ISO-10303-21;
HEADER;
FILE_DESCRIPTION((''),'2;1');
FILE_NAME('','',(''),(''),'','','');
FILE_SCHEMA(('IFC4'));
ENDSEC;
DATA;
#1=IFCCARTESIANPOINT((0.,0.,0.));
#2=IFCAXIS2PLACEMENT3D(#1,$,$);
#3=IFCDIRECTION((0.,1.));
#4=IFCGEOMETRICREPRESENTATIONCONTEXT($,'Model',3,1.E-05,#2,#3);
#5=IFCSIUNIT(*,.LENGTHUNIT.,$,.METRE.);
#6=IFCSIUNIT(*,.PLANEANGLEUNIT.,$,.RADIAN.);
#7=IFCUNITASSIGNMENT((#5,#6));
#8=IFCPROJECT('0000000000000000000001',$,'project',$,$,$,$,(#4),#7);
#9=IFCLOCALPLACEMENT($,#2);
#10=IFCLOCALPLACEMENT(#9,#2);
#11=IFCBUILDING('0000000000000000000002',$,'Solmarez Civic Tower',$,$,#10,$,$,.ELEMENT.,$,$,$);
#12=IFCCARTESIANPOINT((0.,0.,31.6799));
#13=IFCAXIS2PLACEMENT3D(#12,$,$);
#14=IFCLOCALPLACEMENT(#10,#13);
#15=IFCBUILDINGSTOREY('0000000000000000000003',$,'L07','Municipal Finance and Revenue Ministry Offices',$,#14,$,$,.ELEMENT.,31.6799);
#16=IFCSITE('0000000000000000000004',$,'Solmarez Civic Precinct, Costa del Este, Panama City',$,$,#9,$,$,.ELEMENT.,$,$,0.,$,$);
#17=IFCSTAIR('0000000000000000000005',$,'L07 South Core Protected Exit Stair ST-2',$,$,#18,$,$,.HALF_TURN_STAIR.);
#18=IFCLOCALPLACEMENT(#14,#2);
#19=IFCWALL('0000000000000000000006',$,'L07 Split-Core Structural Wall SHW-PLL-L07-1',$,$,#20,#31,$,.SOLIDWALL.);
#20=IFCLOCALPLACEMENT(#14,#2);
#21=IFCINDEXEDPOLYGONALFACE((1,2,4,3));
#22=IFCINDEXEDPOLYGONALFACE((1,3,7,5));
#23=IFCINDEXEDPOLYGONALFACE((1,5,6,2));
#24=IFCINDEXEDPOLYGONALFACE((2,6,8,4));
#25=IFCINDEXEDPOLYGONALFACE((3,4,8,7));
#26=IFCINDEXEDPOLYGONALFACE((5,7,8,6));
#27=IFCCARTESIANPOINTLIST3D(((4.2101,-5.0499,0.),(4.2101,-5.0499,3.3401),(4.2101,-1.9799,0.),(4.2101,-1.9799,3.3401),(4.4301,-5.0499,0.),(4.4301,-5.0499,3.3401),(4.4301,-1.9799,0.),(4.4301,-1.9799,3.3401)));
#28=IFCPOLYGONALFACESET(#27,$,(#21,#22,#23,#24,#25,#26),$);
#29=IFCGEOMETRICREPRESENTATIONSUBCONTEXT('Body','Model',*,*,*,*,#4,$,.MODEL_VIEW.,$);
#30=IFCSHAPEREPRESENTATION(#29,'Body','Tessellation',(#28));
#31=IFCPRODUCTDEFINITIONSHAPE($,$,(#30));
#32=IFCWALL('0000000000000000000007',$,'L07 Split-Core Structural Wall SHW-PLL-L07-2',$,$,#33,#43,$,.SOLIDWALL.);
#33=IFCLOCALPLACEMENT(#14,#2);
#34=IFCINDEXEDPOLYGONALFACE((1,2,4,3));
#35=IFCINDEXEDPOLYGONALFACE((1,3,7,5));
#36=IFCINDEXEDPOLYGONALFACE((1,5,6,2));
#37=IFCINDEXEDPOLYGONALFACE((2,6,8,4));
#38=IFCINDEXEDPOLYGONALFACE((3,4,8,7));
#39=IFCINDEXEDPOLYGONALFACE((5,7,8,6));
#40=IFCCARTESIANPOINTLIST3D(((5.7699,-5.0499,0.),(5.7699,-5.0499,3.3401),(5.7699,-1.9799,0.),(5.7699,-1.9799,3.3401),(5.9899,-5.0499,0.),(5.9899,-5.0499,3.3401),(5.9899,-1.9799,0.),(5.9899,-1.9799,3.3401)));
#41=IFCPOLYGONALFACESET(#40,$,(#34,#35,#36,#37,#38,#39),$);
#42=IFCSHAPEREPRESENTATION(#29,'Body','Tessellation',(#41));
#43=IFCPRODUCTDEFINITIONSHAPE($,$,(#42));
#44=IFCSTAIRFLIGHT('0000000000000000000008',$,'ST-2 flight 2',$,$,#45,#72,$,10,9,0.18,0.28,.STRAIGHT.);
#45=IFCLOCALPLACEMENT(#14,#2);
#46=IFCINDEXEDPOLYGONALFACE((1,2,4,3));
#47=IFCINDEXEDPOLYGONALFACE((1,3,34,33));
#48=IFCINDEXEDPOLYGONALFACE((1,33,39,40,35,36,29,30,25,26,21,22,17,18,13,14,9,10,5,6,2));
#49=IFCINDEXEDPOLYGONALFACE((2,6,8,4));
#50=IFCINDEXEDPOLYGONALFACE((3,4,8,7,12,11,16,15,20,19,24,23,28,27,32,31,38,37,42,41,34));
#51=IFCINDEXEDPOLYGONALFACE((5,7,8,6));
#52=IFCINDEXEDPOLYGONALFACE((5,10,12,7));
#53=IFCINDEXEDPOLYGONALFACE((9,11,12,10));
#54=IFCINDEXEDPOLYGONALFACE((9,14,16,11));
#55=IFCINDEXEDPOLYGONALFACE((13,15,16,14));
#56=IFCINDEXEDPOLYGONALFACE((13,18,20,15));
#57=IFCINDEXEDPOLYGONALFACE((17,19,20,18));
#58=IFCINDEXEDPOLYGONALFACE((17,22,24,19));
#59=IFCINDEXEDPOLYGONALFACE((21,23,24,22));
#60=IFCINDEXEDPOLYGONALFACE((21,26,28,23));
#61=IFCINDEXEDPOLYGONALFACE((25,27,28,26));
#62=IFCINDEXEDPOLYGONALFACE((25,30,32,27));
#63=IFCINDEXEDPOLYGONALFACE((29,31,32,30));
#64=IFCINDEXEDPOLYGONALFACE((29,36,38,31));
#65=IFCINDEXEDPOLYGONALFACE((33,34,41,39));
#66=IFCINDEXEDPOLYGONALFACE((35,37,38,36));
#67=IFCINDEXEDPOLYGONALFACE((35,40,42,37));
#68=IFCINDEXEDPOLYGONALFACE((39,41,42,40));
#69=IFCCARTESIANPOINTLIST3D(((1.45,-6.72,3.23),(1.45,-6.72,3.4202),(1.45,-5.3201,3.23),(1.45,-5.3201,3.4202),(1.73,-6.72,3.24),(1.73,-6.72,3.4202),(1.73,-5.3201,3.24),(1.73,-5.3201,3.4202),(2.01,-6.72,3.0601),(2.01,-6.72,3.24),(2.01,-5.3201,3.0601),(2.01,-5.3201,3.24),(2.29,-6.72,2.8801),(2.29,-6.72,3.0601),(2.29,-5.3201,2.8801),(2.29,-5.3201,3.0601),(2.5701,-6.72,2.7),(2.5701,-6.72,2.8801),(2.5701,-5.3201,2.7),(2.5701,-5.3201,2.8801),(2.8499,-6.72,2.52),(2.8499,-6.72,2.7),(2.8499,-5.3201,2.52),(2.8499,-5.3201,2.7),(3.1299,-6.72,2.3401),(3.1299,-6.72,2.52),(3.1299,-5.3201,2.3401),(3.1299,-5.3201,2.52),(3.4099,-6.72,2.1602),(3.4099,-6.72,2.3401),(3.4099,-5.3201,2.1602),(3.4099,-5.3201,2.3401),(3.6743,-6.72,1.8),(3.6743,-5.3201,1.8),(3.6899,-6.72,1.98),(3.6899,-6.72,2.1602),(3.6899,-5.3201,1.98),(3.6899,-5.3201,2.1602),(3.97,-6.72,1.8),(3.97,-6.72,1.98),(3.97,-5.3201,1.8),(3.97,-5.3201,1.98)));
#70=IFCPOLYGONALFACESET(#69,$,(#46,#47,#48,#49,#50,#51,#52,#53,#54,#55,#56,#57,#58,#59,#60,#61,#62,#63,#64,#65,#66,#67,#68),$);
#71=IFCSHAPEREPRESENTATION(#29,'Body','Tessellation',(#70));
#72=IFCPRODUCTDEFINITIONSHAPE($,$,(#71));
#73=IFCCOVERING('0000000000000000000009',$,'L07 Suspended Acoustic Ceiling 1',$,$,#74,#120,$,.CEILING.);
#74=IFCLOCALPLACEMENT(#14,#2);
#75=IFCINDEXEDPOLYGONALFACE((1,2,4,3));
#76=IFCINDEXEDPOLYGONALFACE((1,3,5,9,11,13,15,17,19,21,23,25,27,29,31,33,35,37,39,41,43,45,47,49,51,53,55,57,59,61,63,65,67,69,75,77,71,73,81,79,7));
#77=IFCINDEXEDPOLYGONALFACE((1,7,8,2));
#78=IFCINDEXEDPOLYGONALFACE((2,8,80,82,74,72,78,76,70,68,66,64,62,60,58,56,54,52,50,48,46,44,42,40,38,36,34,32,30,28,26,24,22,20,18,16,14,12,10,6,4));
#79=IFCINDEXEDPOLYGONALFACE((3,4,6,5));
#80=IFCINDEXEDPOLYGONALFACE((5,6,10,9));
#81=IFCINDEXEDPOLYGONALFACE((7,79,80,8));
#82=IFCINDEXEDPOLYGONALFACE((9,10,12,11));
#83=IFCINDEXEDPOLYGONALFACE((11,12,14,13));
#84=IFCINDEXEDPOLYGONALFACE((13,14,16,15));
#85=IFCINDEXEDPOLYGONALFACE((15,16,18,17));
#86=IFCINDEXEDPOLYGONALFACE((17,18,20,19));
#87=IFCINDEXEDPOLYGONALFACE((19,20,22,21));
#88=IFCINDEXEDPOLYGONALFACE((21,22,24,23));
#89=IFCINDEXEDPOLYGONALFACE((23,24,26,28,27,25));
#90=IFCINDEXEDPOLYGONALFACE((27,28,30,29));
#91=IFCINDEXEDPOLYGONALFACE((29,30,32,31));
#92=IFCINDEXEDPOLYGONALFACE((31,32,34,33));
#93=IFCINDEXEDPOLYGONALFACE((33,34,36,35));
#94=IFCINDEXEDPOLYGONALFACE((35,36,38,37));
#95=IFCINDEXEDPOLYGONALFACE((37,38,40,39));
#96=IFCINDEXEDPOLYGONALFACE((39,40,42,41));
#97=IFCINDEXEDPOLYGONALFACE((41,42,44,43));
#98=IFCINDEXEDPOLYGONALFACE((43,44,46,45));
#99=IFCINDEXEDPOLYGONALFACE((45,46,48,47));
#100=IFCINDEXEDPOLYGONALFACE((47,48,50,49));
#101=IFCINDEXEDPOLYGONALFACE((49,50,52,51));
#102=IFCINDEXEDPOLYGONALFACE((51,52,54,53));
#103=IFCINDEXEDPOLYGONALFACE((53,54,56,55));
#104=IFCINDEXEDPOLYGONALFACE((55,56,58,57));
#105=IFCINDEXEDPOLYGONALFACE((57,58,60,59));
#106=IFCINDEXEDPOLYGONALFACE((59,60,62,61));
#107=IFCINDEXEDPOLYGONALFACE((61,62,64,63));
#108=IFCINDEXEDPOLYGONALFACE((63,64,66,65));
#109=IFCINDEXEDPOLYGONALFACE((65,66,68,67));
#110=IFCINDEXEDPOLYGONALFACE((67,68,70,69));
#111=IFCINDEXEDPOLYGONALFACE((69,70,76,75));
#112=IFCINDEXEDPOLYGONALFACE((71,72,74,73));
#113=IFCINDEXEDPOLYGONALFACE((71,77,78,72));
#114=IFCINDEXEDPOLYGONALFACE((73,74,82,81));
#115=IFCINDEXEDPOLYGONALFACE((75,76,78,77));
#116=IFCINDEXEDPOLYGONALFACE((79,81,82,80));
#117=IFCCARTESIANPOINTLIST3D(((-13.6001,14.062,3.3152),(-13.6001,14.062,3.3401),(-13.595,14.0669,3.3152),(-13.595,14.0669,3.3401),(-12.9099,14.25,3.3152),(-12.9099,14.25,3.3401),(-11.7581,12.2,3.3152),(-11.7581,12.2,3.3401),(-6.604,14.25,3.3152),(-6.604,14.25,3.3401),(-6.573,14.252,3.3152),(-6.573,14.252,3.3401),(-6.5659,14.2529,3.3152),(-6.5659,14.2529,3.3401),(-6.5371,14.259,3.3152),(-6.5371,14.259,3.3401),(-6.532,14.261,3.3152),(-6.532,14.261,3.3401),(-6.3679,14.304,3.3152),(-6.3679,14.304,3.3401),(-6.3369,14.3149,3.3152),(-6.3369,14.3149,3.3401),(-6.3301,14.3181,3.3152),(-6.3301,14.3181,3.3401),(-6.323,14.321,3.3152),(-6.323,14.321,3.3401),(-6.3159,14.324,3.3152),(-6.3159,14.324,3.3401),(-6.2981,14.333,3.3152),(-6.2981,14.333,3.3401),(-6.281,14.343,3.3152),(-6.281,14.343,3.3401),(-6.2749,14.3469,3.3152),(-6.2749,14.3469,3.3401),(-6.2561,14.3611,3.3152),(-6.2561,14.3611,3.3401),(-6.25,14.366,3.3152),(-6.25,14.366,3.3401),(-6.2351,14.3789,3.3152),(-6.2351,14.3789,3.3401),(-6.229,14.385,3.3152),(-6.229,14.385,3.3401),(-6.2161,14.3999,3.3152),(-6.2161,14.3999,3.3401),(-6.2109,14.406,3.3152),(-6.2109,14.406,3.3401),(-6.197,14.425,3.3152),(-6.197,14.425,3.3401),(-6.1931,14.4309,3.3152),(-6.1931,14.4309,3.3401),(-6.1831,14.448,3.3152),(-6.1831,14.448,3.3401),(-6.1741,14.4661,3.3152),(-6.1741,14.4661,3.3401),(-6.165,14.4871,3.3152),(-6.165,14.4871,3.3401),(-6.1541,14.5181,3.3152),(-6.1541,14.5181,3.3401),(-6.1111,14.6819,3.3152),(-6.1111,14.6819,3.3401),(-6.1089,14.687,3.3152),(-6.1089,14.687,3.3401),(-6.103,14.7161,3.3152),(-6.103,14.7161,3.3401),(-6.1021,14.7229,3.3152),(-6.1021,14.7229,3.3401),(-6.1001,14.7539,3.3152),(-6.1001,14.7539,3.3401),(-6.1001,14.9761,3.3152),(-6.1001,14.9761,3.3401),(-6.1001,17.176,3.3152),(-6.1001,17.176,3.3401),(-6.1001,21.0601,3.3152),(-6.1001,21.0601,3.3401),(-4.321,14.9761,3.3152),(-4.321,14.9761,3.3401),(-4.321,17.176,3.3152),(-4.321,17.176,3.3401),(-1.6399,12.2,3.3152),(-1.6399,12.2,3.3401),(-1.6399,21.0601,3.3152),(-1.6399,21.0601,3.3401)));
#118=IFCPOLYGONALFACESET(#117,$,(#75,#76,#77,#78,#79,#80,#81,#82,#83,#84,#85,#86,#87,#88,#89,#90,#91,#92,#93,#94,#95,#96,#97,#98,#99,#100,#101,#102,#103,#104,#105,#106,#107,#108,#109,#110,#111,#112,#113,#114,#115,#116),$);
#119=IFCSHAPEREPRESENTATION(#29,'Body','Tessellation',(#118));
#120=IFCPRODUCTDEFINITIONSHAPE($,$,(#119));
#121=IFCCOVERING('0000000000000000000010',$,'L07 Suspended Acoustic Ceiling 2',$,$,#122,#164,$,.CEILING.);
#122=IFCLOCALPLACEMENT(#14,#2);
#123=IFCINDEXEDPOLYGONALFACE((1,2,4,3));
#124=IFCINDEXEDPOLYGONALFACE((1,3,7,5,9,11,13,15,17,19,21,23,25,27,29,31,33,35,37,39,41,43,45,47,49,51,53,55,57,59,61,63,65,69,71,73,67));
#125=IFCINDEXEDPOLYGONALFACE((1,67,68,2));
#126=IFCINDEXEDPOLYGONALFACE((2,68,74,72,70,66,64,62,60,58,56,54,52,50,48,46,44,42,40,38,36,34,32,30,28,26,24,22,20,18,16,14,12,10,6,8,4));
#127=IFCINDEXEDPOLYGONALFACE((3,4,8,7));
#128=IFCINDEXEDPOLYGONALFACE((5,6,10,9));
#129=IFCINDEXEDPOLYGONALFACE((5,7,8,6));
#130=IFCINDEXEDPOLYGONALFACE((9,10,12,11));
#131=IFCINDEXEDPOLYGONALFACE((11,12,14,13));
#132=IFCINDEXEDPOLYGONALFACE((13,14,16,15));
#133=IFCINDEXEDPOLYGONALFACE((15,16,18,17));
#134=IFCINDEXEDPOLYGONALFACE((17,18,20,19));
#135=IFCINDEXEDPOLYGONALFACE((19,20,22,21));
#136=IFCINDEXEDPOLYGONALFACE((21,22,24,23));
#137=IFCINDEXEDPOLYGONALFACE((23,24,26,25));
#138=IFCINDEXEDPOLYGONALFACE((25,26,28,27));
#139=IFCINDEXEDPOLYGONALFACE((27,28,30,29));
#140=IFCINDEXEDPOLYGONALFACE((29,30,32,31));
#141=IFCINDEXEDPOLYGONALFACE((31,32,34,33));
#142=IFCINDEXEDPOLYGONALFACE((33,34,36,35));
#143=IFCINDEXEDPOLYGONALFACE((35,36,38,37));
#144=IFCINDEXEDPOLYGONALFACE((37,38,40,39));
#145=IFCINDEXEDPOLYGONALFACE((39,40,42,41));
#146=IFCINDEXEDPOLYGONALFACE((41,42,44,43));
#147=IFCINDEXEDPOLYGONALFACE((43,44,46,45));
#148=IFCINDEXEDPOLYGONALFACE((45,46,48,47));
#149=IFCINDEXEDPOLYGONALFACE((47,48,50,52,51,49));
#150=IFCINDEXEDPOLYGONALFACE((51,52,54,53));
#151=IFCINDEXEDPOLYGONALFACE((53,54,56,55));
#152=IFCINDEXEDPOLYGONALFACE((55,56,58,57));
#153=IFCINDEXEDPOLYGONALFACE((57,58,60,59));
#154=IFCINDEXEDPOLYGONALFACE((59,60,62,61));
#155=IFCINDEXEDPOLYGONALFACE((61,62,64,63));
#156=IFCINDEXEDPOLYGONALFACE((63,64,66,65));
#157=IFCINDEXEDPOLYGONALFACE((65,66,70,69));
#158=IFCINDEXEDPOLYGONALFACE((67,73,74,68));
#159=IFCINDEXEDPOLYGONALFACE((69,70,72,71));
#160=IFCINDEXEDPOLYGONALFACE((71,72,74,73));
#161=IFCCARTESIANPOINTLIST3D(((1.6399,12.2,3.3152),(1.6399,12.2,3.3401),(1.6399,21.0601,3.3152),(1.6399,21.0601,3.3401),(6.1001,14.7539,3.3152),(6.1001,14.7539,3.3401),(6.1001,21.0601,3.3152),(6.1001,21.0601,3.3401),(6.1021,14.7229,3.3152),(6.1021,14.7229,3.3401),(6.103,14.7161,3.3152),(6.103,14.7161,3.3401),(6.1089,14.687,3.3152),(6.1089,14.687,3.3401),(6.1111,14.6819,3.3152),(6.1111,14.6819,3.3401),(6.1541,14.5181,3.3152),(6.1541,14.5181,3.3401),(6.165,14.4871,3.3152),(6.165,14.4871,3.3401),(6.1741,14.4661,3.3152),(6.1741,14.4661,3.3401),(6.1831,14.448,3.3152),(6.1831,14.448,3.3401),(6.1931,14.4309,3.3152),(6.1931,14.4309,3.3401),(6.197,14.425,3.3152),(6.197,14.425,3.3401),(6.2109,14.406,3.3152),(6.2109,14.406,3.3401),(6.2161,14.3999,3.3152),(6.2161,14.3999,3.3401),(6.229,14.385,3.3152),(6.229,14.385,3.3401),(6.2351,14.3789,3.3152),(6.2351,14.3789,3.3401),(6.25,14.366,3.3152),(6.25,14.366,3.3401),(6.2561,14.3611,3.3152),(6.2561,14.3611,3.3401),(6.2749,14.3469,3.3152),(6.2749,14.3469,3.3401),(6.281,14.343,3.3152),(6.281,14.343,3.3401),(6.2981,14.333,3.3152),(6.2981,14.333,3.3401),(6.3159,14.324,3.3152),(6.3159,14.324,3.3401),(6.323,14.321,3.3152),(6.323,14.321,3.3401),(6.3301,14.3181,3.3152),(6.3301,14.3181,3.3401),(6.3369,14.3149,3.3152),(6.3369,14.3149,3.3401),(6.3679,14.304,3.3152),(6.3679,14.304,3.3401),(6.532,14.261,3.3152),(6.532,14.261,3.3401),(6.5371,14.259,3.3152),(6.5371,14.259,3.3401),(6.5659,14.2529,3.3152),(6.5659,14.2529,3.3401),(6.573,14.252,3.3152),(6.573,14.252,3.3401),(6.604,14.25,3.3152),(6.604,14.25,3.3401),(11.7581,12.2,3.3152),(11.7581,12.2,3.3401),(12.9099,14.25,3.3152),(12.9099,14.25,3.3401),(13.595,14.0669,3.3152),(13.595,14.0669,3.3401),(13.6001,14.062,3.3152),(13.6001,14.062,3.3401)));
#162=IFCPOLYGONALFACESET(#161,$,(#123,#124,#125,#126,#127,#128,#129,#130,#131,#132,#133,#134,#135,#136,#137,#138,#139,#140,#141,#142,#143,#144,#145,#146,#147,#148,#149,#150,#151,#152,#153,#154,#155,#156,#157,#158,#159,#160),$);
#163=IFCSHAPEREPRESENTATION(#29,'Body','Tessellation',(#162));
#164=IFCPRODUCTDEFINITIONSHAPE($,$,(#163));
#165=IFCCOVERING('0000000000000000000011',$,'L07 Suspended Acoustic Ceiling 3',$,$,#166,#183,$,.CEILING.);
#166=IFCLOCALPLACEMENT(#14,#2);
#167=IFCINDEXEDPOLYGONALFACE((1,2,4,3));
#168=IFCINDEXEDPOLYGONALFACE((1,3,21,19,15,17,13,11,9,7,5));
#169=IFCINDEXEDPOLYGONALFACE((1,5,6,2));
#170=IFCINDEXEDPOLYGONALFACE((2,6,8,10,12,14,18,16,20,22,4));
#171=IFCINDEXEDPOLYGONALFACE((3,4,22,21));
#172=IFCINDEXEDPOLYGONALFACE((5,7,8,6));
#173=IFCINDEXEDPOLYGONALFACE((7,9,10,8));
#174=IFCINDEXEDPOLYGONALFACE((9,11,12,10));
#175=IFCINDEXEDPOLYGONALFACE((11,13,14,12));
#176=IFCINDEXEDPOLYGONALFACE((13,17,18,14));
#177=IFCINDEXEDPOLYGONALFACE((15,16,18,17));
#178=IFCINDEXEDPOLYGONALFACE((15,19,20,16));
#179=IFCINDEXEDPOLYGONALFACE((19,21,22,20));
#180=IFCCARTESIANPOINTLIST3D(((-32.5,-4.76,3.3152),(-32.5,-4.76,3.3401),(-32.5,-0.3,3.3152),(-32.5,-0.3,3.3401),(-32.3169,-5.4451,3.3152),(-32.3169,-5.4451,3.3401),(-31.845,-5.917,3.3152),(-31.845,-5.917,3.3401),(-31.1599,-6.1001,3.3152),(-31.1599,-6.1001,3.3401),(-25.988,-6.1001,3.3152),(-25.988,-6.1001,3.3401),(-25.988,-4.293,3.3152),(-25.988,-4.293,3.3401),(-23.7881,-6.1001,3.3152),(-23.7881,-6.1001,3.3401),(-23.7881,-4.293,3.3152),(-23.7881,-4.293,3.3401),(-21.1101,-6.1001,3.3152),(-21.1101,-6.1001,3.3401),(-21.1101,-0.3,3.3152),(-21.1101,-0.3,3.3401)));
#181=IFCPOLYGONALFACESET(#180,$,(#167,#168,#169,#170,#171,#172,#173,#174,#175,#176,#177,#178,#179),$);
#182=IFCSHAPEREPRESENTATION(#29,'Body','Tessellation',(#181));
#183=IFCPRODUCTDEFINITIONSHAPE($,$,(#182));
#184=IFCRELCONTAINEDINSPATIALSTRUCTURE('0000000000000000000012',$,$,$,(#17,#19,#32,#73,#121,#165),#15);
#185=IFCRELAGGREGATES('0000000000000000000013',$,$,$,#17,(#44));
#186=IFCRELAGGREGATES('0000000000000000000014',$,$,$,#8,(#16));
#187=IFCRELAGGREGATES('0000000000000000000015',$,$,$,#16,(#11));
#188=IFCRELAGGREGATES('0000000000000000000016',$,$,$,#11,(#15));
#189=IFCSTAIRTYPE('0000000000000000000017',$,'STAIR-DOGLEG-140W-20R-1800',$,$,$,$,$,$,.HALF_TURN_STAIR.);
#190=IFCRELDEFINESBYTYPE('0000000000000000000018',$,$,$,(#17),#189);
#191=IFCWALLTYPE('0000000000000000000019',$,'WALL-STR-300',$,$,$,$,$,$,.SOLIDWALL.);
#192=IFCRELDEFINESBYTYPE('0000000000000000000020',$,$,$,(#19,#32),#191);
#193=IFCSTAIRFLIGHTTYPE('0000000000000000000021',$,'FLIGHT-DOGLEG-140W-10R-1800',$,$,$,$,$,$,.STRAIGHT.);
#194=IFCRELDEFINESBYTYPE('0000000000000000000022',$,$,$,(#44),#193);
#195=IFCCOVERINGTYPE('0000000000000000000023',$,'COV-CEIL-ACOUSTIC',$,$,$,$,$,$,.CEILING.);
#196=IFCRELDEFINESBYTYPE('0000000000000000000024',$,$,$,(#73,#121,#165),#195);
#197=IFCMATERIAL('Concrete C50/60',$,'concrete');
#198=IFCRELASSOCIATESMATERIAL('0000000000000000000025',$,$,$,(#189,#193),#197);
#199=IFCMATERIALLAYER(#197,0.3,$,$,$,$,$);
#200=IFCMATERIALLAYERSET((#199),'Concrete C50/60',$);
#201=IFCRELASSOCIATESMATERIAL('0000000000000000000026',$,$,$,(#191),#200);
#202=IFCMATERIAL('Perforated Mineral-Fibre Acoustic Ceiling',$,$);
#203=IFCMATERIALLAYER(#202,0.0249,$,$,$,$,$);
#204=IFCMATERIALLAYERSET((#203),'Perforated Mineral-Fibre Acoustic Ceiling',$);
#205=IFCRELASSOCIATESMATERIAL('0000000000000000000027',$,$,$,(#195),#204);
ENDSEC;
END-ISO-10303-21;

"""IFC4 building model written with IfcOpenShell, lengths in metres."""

from ifc_helpers import new_model, si_unit, direction, frame, frame_2d, origin, place, context, subcontext, project, spatial, polyline, rectangle, outline, extrude, material, layer, layer_set, type_object, element, aggregate, save


model = new_model("IFC4")

# Units and contexts
model_context = context("Model", 3, precision=1e-05, world=origin(), true_north=direction((0.0, 1.0)))
body_context = subcontext(model_context, "Body", "Model", "MODEL_VIEW")
ifc_project = project(units=[si_unit("LENGTHUNIT", "METRE"), si_unit("PLANEANGLEUNIT", "RADIAN")], contexts=[model_context])

# Site, building, storey
site_placement = place(None, origin())
site = spatial("IfcSite", under=ifc_project, at=site_placement, Name="Solmarez Civic Precinct, Costa del Este, Panama City", CompositionType="ELEMENT", RefElevation=0.0)
building_placement = place(site_placement, origin())
building = spatial("IfcBuilding", under=site, at=building_placement, Name="Solmarez Civic Tower", CompositionType="ELEMENT")
storey_placement = place(building_placement, frame((0.0, 0.0, 31.6799)))
storey = spatial("IfcBuildingStorey", under=building, at=storey_placement, Name="L07", Description="Municipal Finance and Revenue Ministry Offices", CompositionType="ELEMENT", Elevation=31.6799)

# Stair
ifc_material_1 = material(Name="Concrete C50/60", Category="concrete")
stair_type = type_object("IfcStairType", Name="STAIR-DOGLEG-140W-20R-1800", PredefinedType="HALF_TURN_STAIR", material=ifc_material_1)
stair_1_placement = place(storey_placement, origin())
stair_1 = element("IfcStair", 1, at=stair_1_placement, inside=storey, type_object=stair_type, Name="L07 South Core Protected Exit Stair ST-2", PredefinedType="HALF_TURN_STAIR")

# Walls
ifc_layer_1 = layer(ifc_material_1, 0.3)
ifc_layer_set_1 = layer_set([ifc_layer_1], Name="Concrete C50/60")
wall_type = type_object("IfcWallType", Name="WALL-STR-300", PredefinedType="SOLIDWALL", material=ifc_layer_set_1)
for number, where, z_axis, x_axis, name in (
    (2, (4.3201, -5.05, 0.0), (0.0, 0.0, 1.0), (0.0, 1.0, 0.0), "L07 Split-Core Structural Wall SHW-PLL-L07-1"),
    (3, (5.8799, -5.05, 0.0), (0.0, 0.0, 1.0), (0.0, 1.0, 0.0), "L07 Split-Core Structural Wall SHW-PLL-L07-2"),
):
    element("IfcWall", number, at=place(storey_placement, frame(where, z_axis=z_axis, x_axis=x_axis)), inside=storey, type_object=wall_type, Name=name, PredefinedType="SOLIDWALL", context=body_context, shape_type="SweptSolid", body=[
        extrude(rectangle(XDim=3.0701, YDim=0.22, at=frame_2d((1.5352, 0.0))), origin(), (0.0, 0.0, 1.0), 3.3401),
    ])

# Stair flight
stair_flight_type = type_object("IfcStairFlightType", Name="FLIGHT-DOGLEG-140W-10R-1800", PredefinedType="STRAIGHT", material=ifc_material_1)
stair_flight_placement = place(storey_placement, frame((3.97, -6.02, 1.8), z_axis=(0.0, 0.0, 1.0), x_axis=(-1.0, 0.0, 0.0)))
stair_flight = element("IfcStairFlight", 4, at=stair_flight_placement, type_object=stair_flight_type, Name="ST-2 flight 2", NumberOfRisers=10, NumberOfTreads=9, PredefinedType="STRAIGHT", RiserHeight=0.18, TreadLength=0.28, context=body_context, shape_type="SweptSolid", body=[
    extrude(outline(polyline([(0.0, 0.0), (0.0, 0.1799), (0.28, 0.1799), (0.28, 0.3601), (0.5601, 0.3601), (0.5601, 0.54), (0.8401, 0.54), (0.8401, 0.72), (1.1201, 0.72), (1.1201, 0.8999), (1.3999, 0.8999), (1.3999, 1.0801), (1.6799, 1.0801), (1.6799, 1.26), (1.96, 1.26), (1.96, 1.4399), (2.24, 1.4399), (2.24, 1.6201), (2.52, 1.6201), (2.52, 1.8), (2.52, 1.4299), (0.2957, 0.0), (0.0, 0.0)])), frame((0.0, 0.7, 0.0), z_axis=(0.0, -1.0, 0.0), x_axis=(1.0, 0.0, 0.0)), (0.0, 0.0, 1.0), 1.3999),
])
aggregate(stair_1, [stair_flight])

# Coverings
ifc_material_2 = material(Name="Perforated Mineral-Fibre Acoustic Ceiling")
ifc_layer_2 = layer(ifc_material_2, 0.0249)
ifc_layer_set_2 = layer_set([ifc_layer_2], Name="Perforated Mineral-Fibre Acoustic Ceiling")
covering_type_1 = type_object("IfcCoveringType", Name="COV-CEIL-ACOUSTIC", PredefinedType="CEILING", material=ifc_layer_set_2)
covering_1_placement = place(storey_placement, frame((0.0, 0.0, 3.3152)))
element("IfcCovering", 5, at=covering_1_placement, inside=storey, type_object=covering_type_1, Name="L07 Suspended Acoustic Ceiling 1", PredefinedType="CEILING", context=body_context, shape_type="SweptSolid", body=[
    extrude(outline(polyline([(-6.1001, 21.0601), (-6.1001, 17.176), (-4.321, 17.176), (-4.321, 14.9761), (-6.1001, 14.9761), (-6.1001, 14.7539), (-6.1021, 14.7229), (-6.103, 14.7161), (-6.1089, 14.687), (-6.1111, 14.6819), (-6.1541, 14.5181), (-6.165, 14.4871), (-6.1741, 14.4661), (-6.1831, 14.448), (-6.1931, 14.4309), (-6.197, 14.425), (-6.2109, 14.406), (-6.2161, 14.3999), (-6.229, 14.385), (-6.2351, 14.3789), (-6.25, 14.366), (-6.2561, 14.3611), (-6.2749, 14.3469), (-6.281, 14.343), (-6.2981, 14.333), (-6.3159, 14.324), (-6.323, 14.321), (-6.3301, 14.3181), (-6.3369, 14.3149), (-6.3679, 14.304), (-6.532, 14.261), (-6.5371, 14.259), (-6.5659, 14.2529), (-6.573, 14.252), (-6.604, 14.25), (-12.9099, 14.25), (-13.595, 14.0669), (-13.6001, 14.062), (-11.7581, 12.2), (-1.6399, 12.2), (-1.6399, 21.0601), (-6.1001, 21.0601)])), origin(), (0.0, 0.0, 1.0), 0.0249),
])
covering_2_placement = place(storey_placement, frame((0.0, 0.0, 3.3152)))
element("IfcCovering", 6, at=covering_2_placement, inside=storey, type_object=covering_type_1, Name="L07 Suspended Acoustic Ceiling 2", PredefinedType="CEILING", context=body_context, shape_type="SweptSolid", body=[
    extrude(outline(polyline([(1.6399, 12.2), (11.7581, 12.2), (13.6001, 14.062), (13.595, 14.0669), (12.9099, 14.25), (6.604, 14.25), (6.573, 14.252), (6.5659, 14.2529), (6.5371, 14.259), (6.532, 14.261), (6.3679, 14.304), (6.3369, 14.3149), (6.3301, 14.3181), (6.323, 14.321), (6.3159, 14.324), (6.2981, 14.333), (6.281, 14.343), (6.2749, 14.3469), (6.2561, 14.3611), (6.25, 14.366), (6.2351, 14.3789), (6.229, 14.385), (6.2161, 14.3999), (6.2109, 14.406), (6.197, 14.425), (6.1931, 14.4309), (6.1831, 14.448), (6.1741, 14.4661), (6.165, 14.4871), (6.1541, 14.5181), (6.1111, 14.6819), (6.1089, 14.687), (6.103, 14.7161), (6.1021, 14.7229), (6.1001, 14.7539), (6.1001, 21.0601), (1.6399, 21.0601), (1.6399, 12.2)])), origin(), (0.0, 0.0, 1.0), 0.0249),
])
covering_3_placement = place(storey_placement, frame((0.0, 0.0, 3.3152)))
element("IfcCovering", 7, at=covering_3_placement, inside=storey, type_object=covering_type_1, Name="L07 Suspended Acoustic Ceiling 3", PredefinedType="CEILING", context=body_context, shape_type="SweptSolid", body=[
    extrude(outline(polyline([(-32.5, -0.3), (-32.5, -4.76), (-32.3169, -5.4451), (-31.845, -5.917), (-31.1599, -6.1001), (-25.988, -6.1001), (-25.988, -4.293), (-23.7881, -4.293), (-23.7881, -6.1001), (-21.1101, -6.1001), (-21.1101, -0.3), (-32.5, -0.3)])), origin(), (0.0, 0.0, 1.0), 0.0249),
])

save(model, "model.ifc")
